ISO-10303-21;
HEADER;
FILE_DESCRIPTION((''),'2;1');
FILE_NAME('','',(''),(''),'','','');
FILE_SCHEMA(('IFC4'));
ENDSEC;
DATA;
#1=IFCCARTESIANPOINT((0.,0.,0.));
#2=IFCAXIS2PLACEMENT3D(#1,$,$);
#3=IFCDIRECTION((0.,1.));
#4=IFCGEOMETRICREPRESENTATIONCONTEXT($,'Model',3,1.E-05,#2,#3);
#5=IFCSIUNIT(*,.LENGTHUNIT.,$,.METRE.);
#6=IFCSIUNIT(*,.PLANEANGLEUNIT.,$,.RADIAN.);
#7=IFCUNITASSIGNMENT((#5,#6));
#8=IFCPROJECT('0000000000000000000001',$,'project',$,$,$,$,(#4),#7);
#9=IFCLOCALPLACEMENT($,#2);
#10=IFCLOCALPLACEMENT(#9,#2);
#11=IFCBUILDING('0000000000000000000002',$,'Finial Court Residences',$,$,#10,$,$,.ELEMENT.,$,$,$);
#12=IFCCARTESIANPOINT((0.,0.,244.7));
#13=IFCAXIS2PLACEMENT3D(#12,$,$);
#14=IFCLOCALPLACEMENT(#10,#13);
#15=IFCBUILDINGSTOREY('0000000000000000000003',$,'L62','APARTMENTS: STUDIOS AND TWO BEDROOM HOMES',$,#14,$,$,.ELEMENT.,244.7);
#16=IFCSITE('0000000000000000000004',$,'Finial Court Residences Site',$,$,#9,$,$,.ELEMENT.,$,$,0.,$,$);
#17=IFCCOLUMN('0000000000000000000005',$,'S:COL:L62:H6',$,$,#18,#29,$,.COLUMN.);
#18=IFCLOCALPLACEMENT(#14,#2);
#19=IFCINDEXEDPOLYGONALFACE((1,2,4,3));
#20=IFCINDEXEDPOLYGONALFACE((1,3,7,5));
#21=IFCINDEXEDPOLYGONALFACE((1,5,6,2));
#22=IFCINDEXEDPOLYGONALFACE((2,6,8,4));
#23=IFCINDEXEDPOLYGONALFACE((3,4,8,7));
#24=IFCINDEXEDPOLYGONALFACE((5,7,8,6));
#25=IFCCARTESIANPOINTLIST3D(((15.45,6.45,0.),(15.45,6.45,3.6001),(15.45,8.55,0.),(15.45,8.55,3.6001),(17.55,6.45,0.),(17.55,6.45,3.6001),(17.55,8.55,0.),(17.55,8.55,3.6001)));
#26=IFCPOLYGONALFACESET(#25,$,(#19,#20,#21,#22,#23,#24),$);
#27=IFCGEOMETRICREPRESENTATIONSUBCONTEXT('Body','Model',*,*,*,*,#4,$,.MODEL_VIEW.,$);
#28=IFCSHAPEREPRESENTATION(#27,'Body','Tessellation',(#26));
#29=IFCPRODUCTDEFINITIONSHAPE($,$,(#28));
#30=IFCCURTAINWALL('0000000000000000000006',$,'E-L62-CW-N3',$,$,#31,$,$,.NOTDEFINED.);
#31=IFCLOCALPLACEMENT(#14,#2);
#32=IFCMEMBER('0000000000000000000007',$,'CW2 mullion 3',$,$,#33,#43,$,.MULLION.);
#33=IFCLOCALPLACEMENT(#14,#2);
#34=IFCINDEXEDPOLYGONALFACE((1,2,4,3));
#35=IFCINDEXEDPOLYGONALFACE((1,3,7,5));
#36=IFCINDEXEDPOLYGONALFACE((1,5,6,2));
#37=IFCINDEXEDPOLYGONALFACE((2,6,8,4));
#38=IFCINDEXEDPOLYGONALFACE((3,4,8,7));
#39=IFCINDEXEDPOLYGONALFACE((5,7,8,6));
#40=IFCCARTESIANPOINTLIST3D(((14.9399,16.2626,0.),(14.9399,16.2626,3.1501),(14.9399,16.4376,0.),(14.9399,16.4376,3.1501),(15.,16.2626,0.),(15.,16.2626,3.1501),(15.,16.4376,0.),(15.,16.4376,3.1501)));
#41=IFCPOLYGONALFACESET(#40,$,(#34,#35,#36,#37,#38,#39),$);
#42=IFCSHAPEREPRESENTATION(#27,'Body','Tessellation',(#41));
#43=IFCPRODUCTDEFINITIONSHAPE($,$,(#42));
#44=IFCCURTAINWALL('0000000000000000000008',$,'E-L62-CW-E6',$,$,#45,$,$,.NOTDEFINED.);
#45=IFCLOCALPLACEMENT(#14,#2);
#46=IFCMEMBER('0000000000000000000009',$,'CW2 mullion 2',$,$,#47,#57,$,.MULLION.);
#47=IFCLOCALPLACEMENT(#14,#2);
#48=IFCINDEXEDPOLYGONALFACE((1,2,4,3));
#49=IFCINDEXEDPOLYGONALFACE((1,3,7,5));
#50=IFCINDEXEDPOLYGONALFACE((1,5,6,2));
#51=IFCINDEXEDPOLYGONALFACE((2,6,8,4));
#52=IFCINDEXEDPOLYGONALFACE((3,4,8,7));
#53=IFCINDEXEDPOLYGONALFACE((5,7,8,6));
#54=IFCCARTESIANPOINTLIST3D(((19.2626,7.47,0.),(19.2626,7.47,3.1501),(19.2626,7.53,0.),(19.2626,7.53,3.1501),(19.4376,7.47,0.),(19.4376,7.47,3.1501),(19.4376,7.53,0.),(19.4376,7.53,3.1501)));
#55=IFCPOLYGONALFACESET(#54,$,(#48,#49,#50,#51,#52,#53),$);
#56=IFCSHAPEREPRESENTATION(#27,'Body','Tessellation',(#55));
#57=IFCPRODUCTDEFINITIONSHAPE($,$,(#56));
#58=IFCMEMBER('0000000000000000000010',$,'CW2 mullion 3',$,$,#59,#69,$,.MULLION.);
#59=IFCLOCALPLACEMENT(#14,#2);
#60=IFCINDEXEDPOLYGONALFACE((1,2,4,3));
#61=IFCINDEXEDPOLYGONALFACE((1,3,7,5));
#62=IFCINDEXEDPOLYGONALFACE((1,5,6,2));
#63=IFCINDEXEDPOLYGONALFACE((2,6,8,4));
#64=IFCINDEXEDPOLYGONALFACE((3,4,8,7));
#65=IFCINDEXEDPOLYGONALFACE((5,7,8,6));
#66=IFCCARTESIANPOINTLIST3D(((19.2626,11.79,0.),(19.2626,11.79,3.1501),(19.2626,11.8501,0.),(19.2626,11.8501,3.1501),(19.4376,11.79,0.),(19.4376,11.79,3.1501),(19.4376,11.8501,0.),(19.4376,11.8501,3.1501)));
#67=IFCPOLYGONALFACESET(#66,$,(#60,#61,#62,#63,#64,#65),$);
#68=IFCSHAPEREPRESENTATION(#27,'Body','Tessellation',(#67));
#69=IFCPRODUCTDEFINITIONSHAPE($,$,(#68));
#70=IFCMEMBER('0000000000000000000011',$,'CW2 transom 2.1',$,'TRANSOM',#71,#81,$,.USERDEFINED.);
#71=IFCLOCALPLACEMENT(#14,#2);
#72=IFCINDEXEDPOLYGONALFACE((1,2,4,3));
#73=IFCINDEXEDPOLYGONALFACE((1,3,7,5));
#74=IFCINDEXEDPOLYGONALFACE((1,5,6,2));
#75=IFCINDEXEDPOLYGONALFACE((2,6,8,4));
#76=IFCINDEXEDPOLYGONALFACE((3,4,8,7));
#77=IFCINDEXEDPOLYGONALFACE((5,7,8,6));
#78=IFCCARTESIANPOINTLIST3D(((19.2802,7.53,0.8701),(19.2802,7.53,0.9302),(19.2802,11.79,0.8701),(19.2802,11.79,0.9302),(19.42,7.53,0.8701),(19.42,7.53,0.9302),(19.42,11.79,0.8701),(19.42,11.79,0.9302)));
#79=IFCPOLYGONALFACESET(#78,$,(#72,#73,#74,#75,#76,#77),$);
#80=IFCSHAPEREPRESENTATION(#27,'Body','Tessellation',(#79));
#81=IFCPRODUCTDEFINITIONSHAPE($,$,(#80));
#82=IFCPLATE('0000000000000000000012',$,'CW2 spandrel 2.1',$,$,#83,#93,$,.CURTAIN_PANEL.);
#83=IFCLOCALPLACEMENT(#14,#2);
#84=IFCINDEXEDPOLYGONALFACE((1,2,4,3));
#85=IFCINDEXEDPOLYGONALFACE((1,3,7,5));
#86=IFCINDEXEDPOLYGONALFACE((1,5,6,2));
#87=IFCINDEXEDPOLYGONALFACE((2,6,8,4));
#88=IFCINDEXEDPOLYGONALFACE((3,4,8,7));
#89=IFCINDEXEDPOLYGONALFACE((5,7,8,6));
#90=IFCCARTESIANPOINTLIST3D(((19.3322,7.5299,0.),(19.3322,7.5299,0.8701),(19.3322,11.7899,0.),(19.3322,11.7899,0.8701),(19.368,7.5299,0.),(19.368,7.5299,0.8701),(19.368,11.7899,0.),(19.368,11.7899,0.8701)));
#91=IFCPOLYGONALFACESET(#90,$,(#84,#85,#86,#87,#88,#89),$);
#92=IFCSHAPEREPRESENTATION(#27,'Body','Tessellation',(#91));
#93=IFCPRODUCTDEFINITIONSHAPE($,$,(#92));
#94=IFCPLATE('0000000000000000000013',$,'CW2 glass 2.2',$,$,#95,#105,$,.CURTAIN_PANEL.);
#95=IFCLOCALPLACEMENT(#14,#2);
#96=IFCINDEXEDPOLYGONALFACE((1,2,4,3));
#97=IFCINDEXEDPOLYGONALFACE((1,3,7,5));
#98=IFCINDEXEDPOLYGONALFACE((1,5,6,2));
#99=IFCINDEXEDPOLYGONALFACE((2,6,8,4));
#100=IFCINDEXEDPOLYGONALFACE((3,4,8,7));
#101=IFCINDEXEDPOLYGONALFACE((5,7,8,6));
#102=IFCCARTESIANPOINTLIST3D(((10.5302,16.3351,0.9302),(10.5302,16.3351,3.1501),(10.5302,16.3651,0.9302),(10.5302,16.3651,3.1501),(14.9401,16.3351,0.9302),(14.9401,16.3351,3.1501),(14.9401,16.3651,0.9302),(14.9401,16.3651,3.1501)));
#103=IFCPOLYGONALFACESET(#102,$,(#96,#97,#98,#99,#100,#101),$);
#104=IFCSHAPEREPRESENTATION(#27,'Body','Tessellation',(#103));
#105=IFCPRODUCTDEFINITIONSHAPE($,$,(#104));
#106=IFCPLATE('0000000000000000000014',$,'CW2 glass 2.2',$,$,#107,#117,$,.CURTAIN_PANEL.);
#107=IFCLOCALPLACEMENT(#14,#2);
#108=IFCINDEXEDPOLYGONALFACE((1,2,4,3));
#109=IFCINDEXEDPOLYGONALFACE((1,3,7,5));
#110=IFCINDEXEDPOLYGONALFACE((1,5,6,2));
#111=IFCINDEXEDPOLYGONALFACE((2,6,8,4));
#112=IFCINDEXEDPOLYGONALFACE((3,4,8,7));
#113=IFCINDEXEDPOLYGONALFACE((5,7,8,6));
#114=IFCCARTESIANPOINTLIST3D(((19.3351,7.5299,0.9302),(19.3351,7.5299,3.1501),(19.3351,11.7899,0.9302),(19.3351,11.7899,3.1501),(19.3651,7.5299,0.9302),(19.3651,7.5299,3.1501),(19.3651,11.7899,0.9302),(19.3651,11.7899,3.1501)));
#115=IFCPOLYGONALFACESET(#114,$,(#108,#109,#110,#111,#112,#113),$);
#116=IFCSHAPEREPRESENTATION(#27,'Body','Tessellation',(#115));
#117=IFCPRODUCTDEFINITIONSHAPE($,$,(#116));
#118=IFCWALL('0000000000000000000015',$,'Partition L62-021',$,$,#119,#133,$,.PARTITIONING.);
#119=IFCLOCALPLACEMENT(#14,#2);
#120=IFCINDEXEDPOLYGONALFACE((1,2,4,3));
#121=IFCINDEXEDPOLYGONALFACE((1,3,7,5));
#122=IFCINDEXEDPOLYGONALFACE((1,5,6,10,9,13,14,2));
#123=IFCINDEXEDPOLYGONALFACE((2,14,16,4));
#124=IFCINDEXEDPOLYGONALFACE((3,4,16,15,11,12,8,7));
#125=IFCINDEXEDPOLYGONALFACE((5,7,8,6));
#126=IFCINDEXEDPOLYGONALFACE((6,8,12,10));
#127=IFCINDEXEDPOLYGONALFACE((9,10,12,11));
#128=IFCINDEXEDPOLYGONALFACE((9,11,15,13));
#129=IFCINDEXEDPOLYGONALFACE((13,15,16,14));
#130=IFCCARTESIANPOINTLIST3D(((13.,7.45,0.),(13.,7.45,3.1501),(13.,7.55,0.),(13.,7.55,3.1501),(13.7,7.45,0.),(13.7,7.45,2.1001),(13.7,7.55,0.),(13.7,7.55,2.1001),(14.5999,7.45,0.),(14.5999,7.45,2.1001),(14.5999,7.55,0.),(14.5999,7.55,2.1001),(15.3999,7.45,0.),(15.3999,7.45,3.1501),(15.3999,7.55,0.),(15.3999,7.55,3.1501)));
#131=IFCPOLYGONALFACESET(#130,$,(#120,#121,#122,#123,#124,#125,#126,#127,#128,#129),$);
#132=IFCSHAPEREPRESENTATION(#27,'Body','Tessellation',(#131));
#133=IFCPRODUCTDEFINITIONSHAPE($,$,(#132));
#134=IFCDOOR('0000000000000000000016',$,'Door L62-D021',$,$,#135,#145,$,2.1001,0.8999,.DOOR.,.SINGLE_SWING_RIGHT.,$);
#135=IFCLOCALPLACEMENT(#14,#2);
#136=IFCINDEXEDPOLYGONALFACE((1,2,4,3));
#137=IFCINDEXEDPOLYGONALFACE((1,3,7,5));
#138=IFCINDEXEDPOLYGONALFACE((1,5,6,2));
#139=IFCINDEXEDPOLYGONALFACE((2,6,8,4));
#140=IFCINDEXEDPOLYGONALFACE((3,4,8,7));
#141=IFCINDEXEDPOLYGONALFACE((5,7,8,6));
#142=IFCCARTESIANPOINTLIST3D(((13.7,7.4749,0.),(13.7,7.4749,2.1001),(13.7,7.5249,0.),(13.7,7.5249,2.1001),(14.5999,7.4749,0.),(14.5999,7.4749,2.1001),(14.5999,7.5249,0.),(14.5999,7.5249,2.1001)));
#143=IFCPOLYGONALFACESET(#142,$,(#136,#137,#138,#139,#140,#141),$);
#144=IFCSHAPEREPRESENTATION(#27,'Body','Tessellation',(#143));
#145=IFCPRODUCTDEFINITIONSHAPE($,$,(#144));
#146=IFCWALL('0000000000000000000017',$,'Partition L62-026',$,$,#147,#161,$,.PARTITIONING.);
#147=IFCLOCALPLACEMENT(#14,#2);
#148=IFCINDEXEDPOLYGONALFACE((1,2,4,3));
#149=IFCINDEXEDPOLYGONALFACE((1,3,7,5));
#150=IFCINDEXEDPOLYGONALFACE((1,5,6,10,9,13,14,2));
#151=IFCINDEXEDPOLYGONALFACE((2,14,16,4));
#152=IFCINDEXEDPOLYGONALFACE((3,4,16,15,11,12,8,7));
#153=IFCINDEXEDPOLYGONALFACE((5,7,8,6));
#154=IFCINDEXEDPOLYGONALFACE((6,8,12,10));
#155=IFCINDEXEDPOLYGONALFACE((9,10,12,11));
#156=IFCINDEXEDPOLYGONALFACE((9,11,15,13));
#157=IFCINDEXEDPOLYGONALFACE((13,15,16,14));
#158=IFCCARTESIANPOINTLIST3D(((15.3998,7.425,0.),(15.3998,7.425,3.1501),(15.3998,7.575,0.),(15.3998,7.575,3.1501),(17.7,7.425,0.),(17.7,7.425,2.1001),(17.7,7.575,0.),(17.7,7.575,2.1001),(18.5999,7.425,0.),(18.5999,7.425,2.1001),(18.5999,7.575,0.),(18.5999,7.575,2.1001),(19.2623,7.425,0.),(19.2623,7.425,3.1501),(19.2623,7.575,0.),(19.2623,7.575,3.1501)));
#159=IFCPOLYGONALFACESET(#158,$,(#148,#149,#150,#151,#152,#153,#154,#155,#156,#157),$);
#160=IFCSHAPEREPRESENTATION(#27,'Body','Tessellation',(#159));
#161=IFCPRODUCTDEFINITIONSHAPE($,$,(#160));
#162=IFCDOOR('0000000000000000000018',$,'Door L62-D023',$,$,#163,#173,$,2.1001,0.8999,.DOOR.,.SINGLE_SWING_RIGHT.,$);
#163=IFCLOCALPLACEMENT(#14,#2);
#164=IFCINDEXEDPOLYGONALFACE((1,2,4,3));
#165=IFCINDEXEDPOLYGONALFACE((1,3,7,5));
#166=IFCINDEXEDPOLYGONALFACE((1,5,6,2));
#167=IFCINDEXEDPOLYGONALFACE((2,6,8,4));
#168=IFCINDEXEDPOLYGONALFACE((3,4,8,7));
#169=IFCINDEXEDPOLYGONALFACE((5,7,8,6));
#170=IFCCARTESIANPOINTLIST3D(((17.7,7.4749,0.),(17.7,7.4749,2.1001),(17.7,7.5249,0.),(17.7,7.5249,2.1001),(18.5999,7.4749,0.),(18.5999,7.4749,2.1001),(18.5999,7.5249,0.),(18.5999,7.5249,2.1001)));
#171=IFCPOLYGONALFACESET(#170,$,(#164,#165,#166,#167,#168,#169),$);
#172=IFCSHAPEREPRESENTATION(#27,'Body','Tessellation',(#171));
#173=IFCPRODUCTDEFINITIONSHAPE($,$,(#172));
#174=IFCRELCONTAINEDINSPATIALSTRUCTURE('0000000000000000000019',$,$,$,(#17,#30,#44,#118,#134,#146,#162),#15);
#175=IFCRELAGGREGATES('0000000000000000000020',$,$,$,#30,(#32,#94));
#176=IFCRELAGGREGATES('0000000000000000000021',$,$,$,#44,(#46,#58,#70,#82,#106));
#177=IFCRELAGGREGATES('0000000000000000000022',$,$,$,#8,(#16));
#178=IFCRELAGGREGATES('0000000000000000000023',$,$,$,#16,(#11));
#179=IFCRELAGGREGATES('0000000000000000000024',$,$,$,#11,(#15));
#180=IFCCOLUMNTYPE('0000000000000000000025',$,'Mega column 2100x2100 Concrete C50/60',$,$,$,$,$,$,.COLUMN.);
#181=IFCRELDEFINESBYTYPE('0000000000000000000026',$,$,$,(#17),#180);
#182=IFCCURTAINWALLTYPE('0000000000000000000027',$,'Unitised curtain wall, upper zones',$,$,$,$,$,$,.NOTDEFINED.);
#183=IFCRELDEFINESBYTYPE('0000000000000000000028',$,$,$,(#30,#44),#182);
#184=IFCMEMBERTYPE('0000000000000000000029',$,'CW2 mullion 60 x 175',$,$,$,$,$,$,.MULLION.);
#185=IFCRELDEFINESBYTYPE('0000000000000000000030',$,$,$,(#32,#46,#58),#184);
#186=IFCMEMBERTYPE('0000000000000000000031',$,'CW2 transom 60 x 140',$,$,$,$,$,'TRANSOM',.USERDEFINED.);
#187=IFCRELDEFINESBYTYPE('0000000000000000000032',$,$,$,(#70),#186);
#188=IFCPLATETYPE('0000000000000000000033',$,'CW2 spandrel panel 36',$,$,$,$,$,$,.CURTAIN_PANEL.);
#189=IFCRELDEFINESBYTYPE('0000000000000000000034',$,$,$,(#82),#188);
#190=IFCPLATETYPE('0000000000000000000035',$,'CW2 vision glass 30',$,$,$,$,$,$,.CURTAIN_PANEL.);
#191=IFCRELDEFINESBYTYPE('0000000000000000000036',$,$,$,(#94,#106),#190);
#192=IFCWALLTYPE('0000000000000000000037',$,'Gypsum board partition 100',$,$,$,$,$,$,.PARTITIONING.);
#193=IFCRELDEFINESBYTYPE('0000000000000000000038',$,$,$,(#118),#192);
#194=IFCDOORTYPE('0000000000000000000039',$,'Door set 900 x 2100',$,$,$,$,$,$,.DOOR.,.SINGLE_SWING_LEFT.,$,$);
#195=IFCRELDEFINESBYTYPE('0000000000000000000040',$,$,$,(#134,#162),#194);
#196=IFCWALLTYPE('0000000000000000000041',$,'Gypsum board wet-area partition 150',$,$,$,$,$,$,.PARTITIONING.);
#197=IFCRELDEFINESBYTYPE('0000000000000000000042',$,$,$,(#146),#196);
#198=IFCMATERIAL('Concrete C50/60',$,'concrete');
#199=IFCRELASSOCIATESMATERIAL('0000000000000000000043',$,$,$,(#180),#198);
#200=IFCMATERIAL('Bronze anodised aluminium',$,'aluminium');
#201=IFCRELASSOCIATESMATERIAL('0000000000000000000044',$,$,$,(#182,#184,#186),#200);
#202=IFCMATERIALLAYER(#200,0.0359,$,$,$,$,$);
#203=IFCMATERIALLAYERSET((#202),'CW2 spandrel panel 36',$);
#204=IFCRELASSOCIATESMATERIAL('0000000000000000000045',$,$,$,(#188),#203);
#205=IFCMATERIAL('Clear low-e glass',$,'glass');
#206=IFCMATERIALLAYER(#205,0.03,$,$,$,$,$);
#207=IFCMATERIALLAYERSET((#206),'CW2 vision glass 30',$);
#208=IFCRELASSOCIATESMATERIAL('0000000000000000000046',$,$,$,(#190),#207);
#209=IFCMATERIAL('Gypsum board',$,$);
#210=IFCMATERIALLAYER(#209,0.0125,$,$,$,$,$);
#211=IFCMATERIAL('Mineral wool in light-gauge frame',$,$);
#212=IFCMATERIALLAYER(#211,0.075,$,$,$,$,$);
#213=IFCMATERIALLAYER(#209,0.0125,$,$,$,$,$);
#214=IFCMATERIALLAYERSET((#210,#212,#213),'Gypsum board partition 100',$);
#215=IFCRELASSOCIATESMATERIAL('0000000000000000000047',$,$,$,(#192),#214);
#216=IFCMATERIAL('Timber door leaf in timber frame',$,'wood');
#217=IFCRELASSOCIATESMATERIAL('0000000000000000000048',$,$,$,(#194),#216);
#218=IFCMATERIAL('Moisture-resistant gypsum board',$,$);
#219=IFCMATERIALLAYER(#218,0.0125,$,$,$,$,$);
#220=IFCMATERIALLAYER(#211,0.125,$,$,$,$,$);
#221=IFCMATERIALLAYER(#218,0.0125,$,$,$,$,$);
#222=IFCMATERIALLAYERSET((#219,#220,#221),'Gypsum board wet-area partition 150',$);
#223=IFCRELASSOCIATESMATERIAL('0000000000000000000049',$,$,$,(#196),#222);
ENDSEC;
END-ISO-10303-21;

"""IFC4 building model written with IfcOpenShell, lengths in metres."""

from ifc_helpers import new_model, si_unit, direction, frame, frame_2d, origin, origin_2d, place, context, subcontext, project, spatial, rectangle, extrude, material, layer, layer_set, material_profile, profile_set, type_object, element, fill, aggregate, save


model = new_model("IFC4")

# Units and contexts
model_context = context("Model", 3, precision=1e-05, world=origin(), true_north=direction((0.0, 1.0)))
body_context = subcontext(model_context, "Body", "Model", "MODEL_VIEW")
ifc_project = project(units=[si_unit("LENGTHUNIT", "METRE"), si_unit("PLANEANGLEUNIT", "RADIAN")], contexts=[model_context])

# Site, building, storey
site_placement = place(None, origin())
site = spatial("IfcSite", under=ifc_project, at=site_placement, Name="Finial Court Residences Site", CompositionType="ELEMENT", RefElevation=0.0)
building_placement = place(site_placement, origin())
building = spatial("IfcBuilding", under=site, at=building_placement, Name="Finial Court Residences", CompositionType="ELEMENT")
storey_placement = place(building_placement, frame((0.0, 0.0, 244.7)))
storey = spatial("IfcBuildingStorey", under=building, at=storey_placement, Name="L62", Description="APARTMENTS: STUDIOS AND TWO BEDROOM HOMES", CompositionType="ELEMENT", Elevation=244.7)

# Column
ifc_material_1 = material(Name="Concrete C50/60", Category="concrete")
ifc_material_profile_1 = material_profile(ifc_material_1, rectangle(XDim=2.1001, YDim=2.1001, at=origin_2d()), Name="2100x2100")
ifc_profile_set_1 = profile_set([ifc_material_profile_1], Name="Concrete C50/60")
column_type = type_object("IfcColumnType", Name="Mega column 2100x2100 Concrete C50/60", PredefinedType="COLUMN", material=ifc_profile_set_1)
column_placement = place(storey_placement, frame((16.5, 7.5, 0.0), z_axis=(0.0, 0.0, 1.0), x_axis=(1.0, 0.0, 0.0)))
element("IfcColumn", 1, at=column_placement, inside=storey, type_object=column_type, Name="S:COL:L62:H6", PredefinedType="COLUMN", context=body_context, shape_type="SweptSolid", body=[
    extrude(rectangle(XDim=2.1001, YDim=2.1001, at=origin_2d()), origin(), (0.0, 0.0, 1.0), 3.6001),
])

# Curtain wall, member
ifc_material_2 = material(Name="Bronze anodised aluminium", Category="aluminium")
curtain_wall_type = type_object("IfcCurtainWallType", Name="Unitised curtain wall, upper zones", PredefinedType="NOTDEFINED", material=ifc_material_2)
curtain_wall_1_placement = place(storey_placement, origin())
curtain_wall_1 = element("IfcCurtainWall", 2, at=curtain_wall_1_placement, inside=storey, type_object=curtain_wall_type, Name="E-L62-CW-N3", PredefinedType="NOTDEFINED")
ifc_material_profile_2 = material_profile(ifc_material_2, rectangle(XDim=0.175, YDim=0.0601, at=origin_2d()), Name="CW2 mullion 60 x 175")
ifc_profile_set_2 = profile_set([ifc_material_profile_2], Name="Bronze anodised aluminium")
member_type_1 = type_object("IfcMemberType", Name="CW2 mullion 60 x 175", PredefinedType="MULLION", material=ifc_profile_set_2)
member_1_placement = place(storey_placement, frame((14.97, 16.3501, 0.0), z_axis=(0.0, 0.0, 1.0), x_axis=(0.0, 1.0, 0.0)))
member_1 = element("IfcMember", 3, at=member_1_placement, type_object=member_type_1, Name="CW2 mullion 3", PredefinedType="MULLION", context=body_context, shape_type="SweptSolid", body=[
    extrude(rectangle(XDim=0.175, YDim=0.0601, at=origin_2d()), origin(), (0.0, 0.0, 1.0), 3.1501),
])

# Curtain wall, members, plate
curtain_wall_2_placement = place(storey_placement, origin())
curtain_wall_2 = element("IfcCurtainWall", 4, at=curtain_wall_2_placement, inside=storey, type_object=curtain_wall_type, Name="E-L62-CW-E6", PredefinedType="NOTDEFINED")
member_2_placement = place(storey_placement, frame((19.3501, 7.5, 0.0), z_axis=(0.0, 0.0, 1.0), x_axis=(-1.0, 0.0, 0.0)))
member_2 = element("IfcMember", 5, at=member_2_placement, type_object=member_type_1, Name="CW2 mullion 2", PredefinedType="MULLION", context=body_context, shape_type="SweptSolid", body=[
    extrude(rectangle(XDim=0.175, YDim=0.0601, at=origin_2d()), origin(), (0.0, 0.0, 1.0), 3.1501),
])
member_3_placement = place(storey_placement, frame((19.3501, 11.8201, 0.0), z_axis=(0.0, 0.0, 1.0), x_axis=(-1.0, 0.0, 0.0)))
member_3 = element("IfcMember", 6, at=member_3_placement, type_object=member_type_1, Name="CW2 mullion 3", PredefinedType="MULLION", context=body_context, shape_type="SweptSolid", body=[
    extrude(rectangle(XDim=0.175, YDim=0.0601, at=origin_2d()), origin(), (0.0, 0.0, 1.0), 3.1501),
])
ifc_material_profile_3 = material_profile(ifc_material_2, rectangle(XDim=0.1399, YDim=0.0601, at=origin_2d()), Name="CW2 transom 60 x 140")
ifc_profile_set_3 = profile_set([ifc_material_profile_3], Name="Bronze anodised aluminium")
member_type_2 = type_object("IfcMemberType", Name="CW2 transom 60 x 140", ElementType="TRANSOM", PredefinedType="USERDEFINED", material=ifc_profile_set_3)
member_4_placement = place(storey_placement, frame((19.3501, 7.53, 0.9001), z_axis=(0.0, 1.0, 0.0), x_axis=(-1.0, 0.0, 0.0)))
member_4 = element("IfcMember", 7, at=member_4_placement, type_object=member_type_2, Name="CW2 transom 2.1", ObjectType="TRANSOM", PredefinedType="USERDEFINED", context=body_context, shape_type="SweptSolid", body=[
    extrude(rectangle(XDim=0.1399, YDim=0.0601, at=origin_2d()), origin(), (0.0, 0.0, 1.0), 4.26),
])
ifc_layer_1 = layer(ifc_material_2, 0.0359)
ifc_layer_set_1 = layer_set([ifc_layer_1], Name="CW2 spandrel panel 36")
plate_type_1 = type_object("IfcPlateType", Name="CW2 spandrel panel 36", PredefinedType="CURTAIN_PANEL", material=ifc_layer_set_1)
plate_1_placement = place(storey_placement, frame((19.3501, 9.6599, 0.0), z_axis=(0.0, 0.0, 1.0), x_axis=(0.0, 1.0, 0.0)))
plate_1 = element("IfcPlate", 8, at=plate_1_placement, type_object=plate_type_1, Name="CW2 spandrel 2.1", PredefinedType="CURTAIN_PANEL", context=body_context, shape_type="SweptSolid", body=[
    extrude(rectangle(XDim=4.26, YDim=0.0359, at=origin_2d()), origin(), (0.0, 0.0, 1.0), 0.8701),
])

# Plates
ifc_material_3 = material(Name="Clear low-e glass", Category="glass")
ifc_layer_2 = layer(ifc_material_3, 0.03)
ifc_layer_set_2 = layer_set([ifc_layer_2], Name="CW2 vision glass 30")
plate_type_2 = type_object("IfcPlateType", Name="CW2 vision glass 30", PredefinedType="CURTAIN_PANEL", material=ifc_layer_set_2)
plate_2_placement = place(storey_placement, frame((12.7351, 16.3501, 0.9302), z_axis=(0.0, 0.0, 1.0), x_axis=(1.0, 0.0, 0.0)))
plate_2 = element("IfcPlate", 9, at=plate_2_placement, type_object=plate_type_2, Name="CW2 glass 2.2", PredefinedType="CURTAIN_PANEL", context=body_context, shape_type="SweptSolid", body=[
    extrude(rectangle(XDim=4.4099, YDim=0.03, at=origin_2d()), origin(), (0.0, 0.0, 1.0), 2.22),
])
aggregate(curtain_wall_1, [member_1, plate_2])
plate_3_placement = place(storey_placement, frame((19.3501, 9.6599, 0.9302), z_axis=(0.0, 0.0, 1.0), x_axis=(0.0, 1.0, 0.0)))
plate_3 = element("IfcPlate", 10, at=plate_3_placement, type_object=plate_type_2, Name="CW2 glass 2.2", PredefinedType="CURTAIN_PANEL", context=body_context, shape_type="SweptSolid", body=[
    extrude(rectangle(XDim=4.26, YDim=0.03, at=origin_2d()), origin(), (0.0, 0.0, 1.0), 2.22),
])
aggregate(curtain_wall_2, [member_2, member_3, member_4, plate_1, plate_3])

# Walls, openings, doors
ifc_material_4 = material(Name="Gypsum board")
ifc_layer_3 = layer(ifc_material_4, 0.0125)
ifc_material_5 = material(Name="Mineral wool in light-gauge frame")
ifc_layer_4 = layer(ifc_material_5, 0.075)
ifc_layer_5 = layer(ifc_material_4, 0.0125)
ifc_layer_set_3 = layer_set([ifc_layer_3, ifc_layer_4, ifc_layer_5], Name="Gypsum board partition 100")
wall_type_1 = type_object("IfcWallType", Name="Gypsum board partition 100", PredefinedType="PARTITIONING", material=ifc_layer_set_3)
wall_1_placement = place(storey_placement, frame((13.0, 7.5, 0.0), z_axis=(0.0, 0.0, 1.0), x_axis=(1.0, 0.0, 0.0)))
wall_1 = element("IfcWall", 11, at=wall_1_placement, inside=storey, type_object=wall_type_1, Name="Partition L62-021", PredefinedType="PARTITIONING", context=body_context, shape_type="SweptSolid", body=[
    extrude(rectangle(XDim=2.3999, YDim=0.1001, at=frame_2d((1.2, 0.0))), origin(), (0.0, 0.0, 1.0), 3.1501),
])
opening_1_placement = place(wall_1_placement, frame((0.7, 0.0, 0.0)))
opening_1 = element("IfcOpeningElement", 12, at=opening_1_placement, cuts=wall_1, PredefinedType="OPENING", context=body_context, shape_type="SweptSolid", body=[
    extrude(rectangle(XDim=0.8999, YDim=2.1001, at=frame_2d((0.45, 1.05))), frame((0.0, 0.0601, 0.0), z_axis=(0.0, -1.0, 0.0), x_axis=(1.0, 0.0, 0.0)), (0.0, 0.0, 1.0), 0.1201),
])
ifc_material_6 = material(Name="Timber door leaf in timber frame", Category="wood")
door_type = type_object("IfcDoorType", Name="Door set 900 x 2100", OperationType="SINGLE_SWING_LEFT", PredefinedType="DOOR", material=ifc_material_6)
door_1_placement = place(opening_1_placement, origin())
door_1 = element("IfcDoor", 13, at=door_1_placement, inside=storey, type_object=door_type, Name="Door L62-D021", OperationType="SINGLE_SWING_RIGHT", OverallHeight=2.1001, OverallWidth=0.8999, PredefinedType="DOOR", context=body_context, shape_type="SweptSolid", body=[
    extrude(rectangle(XDim=0.8999, YDim=2.1001, at=frame_2d((0.45, 1.05))), frame((0.0, 0.0249, 0.0), z_axis=(0.0, -1.0, 0.0), x_axis=(1.0, 0.0, 0.0)), (0.0, 0.0, 1.0), 0.05),
])
fill(opening_1, door_1)
ifc_material_7 = material(Name="Moisture-resistant gypsum board")
ifc_layer_6 = layer(ifc_material_7, 0.0125)
ifc_layer_7 = layer(ifc_material_5, 0.125)
ifc_layer_8 = layer(ifc_material_7, 0.0125)
ifc_layer_set_4 = layer_set([ifc_layer_6, ifc_layer_7, ifc_layer_8], Name="Gypsum board wet-area partition 150")
wall_type_2 = type_object("IfcWallType", Name="Gypsum board wet-area partition 150", PredefinedType="PARTITIONING", material=ifc_layer_set_4)
wall_2_placement = place(storey_placement, frame((15.3999, 7.5, 0.0), z_axis=(0.0, 0.0, 1.0), x_axis=(1.0, 0.0, 0.0)))
wall_2 = element("IfcWall", 14, at=wall_2_placement, inside=storey, type_object=wall_type_2, Name="Partition L62-026", PredefinedType="PARTITIONING", context=body_context, shape_type="SweptSolid", body=[
    extrude(rectangle(XDim=3.8625, YDim=0.1499, at=frame_2d((1.9312, 0.0))), origin(), (0.0, 0.0, 1.0), 3.1501),
])
opening_2_placement = place(wall_2_placement, frame((2.3, 0.0, 0.0)))
opening_2 = element("IfcOpeningElement", 15, at=opening_2_placement, cuts=wall_2, PredefinedType="OPENING", context=body_context, shape_type="SweptSolid", body=[
    extrude(rectangle(XDim=0.8999, YDim=2.1001, at=frame_2d((0.45, 1.05))), frame((0.0, 0.085, 0.0), z_axis=(0.0, -1.0, 0.0), x_axis=(1.0, 0.0, 0.0)), (0.0, 0.0, 1.0), 0.1699),
])
door_2_placement = place(opening_2_placement, origin())
door_2 = element("IfcDoor", 16, at=door_2_placement, inside=storey, type_object=door_type, Name="Door L62-D023", OperationType="SINGLE_SWING_RIGHT", OverallHeight=2.1001, OverallWidth=0.8999, PredefinedType="DOOR", context=body_context, shape_type="SweptSolid", body=[
    extrude(rectangle(XDim=0.8999, YDim=2.1001, at=frame_2d((0.45, 1.05))), frame((0.0, 0.0249, 0.0), z_axis=(0.0, -1.0, 0.0), x_axis=(1.0, 0.0, 0.0)), (0.0, 0.0, 1.0), 0.05),
])
fill(opening_2, door_2)

save(model, "model.ifc")
